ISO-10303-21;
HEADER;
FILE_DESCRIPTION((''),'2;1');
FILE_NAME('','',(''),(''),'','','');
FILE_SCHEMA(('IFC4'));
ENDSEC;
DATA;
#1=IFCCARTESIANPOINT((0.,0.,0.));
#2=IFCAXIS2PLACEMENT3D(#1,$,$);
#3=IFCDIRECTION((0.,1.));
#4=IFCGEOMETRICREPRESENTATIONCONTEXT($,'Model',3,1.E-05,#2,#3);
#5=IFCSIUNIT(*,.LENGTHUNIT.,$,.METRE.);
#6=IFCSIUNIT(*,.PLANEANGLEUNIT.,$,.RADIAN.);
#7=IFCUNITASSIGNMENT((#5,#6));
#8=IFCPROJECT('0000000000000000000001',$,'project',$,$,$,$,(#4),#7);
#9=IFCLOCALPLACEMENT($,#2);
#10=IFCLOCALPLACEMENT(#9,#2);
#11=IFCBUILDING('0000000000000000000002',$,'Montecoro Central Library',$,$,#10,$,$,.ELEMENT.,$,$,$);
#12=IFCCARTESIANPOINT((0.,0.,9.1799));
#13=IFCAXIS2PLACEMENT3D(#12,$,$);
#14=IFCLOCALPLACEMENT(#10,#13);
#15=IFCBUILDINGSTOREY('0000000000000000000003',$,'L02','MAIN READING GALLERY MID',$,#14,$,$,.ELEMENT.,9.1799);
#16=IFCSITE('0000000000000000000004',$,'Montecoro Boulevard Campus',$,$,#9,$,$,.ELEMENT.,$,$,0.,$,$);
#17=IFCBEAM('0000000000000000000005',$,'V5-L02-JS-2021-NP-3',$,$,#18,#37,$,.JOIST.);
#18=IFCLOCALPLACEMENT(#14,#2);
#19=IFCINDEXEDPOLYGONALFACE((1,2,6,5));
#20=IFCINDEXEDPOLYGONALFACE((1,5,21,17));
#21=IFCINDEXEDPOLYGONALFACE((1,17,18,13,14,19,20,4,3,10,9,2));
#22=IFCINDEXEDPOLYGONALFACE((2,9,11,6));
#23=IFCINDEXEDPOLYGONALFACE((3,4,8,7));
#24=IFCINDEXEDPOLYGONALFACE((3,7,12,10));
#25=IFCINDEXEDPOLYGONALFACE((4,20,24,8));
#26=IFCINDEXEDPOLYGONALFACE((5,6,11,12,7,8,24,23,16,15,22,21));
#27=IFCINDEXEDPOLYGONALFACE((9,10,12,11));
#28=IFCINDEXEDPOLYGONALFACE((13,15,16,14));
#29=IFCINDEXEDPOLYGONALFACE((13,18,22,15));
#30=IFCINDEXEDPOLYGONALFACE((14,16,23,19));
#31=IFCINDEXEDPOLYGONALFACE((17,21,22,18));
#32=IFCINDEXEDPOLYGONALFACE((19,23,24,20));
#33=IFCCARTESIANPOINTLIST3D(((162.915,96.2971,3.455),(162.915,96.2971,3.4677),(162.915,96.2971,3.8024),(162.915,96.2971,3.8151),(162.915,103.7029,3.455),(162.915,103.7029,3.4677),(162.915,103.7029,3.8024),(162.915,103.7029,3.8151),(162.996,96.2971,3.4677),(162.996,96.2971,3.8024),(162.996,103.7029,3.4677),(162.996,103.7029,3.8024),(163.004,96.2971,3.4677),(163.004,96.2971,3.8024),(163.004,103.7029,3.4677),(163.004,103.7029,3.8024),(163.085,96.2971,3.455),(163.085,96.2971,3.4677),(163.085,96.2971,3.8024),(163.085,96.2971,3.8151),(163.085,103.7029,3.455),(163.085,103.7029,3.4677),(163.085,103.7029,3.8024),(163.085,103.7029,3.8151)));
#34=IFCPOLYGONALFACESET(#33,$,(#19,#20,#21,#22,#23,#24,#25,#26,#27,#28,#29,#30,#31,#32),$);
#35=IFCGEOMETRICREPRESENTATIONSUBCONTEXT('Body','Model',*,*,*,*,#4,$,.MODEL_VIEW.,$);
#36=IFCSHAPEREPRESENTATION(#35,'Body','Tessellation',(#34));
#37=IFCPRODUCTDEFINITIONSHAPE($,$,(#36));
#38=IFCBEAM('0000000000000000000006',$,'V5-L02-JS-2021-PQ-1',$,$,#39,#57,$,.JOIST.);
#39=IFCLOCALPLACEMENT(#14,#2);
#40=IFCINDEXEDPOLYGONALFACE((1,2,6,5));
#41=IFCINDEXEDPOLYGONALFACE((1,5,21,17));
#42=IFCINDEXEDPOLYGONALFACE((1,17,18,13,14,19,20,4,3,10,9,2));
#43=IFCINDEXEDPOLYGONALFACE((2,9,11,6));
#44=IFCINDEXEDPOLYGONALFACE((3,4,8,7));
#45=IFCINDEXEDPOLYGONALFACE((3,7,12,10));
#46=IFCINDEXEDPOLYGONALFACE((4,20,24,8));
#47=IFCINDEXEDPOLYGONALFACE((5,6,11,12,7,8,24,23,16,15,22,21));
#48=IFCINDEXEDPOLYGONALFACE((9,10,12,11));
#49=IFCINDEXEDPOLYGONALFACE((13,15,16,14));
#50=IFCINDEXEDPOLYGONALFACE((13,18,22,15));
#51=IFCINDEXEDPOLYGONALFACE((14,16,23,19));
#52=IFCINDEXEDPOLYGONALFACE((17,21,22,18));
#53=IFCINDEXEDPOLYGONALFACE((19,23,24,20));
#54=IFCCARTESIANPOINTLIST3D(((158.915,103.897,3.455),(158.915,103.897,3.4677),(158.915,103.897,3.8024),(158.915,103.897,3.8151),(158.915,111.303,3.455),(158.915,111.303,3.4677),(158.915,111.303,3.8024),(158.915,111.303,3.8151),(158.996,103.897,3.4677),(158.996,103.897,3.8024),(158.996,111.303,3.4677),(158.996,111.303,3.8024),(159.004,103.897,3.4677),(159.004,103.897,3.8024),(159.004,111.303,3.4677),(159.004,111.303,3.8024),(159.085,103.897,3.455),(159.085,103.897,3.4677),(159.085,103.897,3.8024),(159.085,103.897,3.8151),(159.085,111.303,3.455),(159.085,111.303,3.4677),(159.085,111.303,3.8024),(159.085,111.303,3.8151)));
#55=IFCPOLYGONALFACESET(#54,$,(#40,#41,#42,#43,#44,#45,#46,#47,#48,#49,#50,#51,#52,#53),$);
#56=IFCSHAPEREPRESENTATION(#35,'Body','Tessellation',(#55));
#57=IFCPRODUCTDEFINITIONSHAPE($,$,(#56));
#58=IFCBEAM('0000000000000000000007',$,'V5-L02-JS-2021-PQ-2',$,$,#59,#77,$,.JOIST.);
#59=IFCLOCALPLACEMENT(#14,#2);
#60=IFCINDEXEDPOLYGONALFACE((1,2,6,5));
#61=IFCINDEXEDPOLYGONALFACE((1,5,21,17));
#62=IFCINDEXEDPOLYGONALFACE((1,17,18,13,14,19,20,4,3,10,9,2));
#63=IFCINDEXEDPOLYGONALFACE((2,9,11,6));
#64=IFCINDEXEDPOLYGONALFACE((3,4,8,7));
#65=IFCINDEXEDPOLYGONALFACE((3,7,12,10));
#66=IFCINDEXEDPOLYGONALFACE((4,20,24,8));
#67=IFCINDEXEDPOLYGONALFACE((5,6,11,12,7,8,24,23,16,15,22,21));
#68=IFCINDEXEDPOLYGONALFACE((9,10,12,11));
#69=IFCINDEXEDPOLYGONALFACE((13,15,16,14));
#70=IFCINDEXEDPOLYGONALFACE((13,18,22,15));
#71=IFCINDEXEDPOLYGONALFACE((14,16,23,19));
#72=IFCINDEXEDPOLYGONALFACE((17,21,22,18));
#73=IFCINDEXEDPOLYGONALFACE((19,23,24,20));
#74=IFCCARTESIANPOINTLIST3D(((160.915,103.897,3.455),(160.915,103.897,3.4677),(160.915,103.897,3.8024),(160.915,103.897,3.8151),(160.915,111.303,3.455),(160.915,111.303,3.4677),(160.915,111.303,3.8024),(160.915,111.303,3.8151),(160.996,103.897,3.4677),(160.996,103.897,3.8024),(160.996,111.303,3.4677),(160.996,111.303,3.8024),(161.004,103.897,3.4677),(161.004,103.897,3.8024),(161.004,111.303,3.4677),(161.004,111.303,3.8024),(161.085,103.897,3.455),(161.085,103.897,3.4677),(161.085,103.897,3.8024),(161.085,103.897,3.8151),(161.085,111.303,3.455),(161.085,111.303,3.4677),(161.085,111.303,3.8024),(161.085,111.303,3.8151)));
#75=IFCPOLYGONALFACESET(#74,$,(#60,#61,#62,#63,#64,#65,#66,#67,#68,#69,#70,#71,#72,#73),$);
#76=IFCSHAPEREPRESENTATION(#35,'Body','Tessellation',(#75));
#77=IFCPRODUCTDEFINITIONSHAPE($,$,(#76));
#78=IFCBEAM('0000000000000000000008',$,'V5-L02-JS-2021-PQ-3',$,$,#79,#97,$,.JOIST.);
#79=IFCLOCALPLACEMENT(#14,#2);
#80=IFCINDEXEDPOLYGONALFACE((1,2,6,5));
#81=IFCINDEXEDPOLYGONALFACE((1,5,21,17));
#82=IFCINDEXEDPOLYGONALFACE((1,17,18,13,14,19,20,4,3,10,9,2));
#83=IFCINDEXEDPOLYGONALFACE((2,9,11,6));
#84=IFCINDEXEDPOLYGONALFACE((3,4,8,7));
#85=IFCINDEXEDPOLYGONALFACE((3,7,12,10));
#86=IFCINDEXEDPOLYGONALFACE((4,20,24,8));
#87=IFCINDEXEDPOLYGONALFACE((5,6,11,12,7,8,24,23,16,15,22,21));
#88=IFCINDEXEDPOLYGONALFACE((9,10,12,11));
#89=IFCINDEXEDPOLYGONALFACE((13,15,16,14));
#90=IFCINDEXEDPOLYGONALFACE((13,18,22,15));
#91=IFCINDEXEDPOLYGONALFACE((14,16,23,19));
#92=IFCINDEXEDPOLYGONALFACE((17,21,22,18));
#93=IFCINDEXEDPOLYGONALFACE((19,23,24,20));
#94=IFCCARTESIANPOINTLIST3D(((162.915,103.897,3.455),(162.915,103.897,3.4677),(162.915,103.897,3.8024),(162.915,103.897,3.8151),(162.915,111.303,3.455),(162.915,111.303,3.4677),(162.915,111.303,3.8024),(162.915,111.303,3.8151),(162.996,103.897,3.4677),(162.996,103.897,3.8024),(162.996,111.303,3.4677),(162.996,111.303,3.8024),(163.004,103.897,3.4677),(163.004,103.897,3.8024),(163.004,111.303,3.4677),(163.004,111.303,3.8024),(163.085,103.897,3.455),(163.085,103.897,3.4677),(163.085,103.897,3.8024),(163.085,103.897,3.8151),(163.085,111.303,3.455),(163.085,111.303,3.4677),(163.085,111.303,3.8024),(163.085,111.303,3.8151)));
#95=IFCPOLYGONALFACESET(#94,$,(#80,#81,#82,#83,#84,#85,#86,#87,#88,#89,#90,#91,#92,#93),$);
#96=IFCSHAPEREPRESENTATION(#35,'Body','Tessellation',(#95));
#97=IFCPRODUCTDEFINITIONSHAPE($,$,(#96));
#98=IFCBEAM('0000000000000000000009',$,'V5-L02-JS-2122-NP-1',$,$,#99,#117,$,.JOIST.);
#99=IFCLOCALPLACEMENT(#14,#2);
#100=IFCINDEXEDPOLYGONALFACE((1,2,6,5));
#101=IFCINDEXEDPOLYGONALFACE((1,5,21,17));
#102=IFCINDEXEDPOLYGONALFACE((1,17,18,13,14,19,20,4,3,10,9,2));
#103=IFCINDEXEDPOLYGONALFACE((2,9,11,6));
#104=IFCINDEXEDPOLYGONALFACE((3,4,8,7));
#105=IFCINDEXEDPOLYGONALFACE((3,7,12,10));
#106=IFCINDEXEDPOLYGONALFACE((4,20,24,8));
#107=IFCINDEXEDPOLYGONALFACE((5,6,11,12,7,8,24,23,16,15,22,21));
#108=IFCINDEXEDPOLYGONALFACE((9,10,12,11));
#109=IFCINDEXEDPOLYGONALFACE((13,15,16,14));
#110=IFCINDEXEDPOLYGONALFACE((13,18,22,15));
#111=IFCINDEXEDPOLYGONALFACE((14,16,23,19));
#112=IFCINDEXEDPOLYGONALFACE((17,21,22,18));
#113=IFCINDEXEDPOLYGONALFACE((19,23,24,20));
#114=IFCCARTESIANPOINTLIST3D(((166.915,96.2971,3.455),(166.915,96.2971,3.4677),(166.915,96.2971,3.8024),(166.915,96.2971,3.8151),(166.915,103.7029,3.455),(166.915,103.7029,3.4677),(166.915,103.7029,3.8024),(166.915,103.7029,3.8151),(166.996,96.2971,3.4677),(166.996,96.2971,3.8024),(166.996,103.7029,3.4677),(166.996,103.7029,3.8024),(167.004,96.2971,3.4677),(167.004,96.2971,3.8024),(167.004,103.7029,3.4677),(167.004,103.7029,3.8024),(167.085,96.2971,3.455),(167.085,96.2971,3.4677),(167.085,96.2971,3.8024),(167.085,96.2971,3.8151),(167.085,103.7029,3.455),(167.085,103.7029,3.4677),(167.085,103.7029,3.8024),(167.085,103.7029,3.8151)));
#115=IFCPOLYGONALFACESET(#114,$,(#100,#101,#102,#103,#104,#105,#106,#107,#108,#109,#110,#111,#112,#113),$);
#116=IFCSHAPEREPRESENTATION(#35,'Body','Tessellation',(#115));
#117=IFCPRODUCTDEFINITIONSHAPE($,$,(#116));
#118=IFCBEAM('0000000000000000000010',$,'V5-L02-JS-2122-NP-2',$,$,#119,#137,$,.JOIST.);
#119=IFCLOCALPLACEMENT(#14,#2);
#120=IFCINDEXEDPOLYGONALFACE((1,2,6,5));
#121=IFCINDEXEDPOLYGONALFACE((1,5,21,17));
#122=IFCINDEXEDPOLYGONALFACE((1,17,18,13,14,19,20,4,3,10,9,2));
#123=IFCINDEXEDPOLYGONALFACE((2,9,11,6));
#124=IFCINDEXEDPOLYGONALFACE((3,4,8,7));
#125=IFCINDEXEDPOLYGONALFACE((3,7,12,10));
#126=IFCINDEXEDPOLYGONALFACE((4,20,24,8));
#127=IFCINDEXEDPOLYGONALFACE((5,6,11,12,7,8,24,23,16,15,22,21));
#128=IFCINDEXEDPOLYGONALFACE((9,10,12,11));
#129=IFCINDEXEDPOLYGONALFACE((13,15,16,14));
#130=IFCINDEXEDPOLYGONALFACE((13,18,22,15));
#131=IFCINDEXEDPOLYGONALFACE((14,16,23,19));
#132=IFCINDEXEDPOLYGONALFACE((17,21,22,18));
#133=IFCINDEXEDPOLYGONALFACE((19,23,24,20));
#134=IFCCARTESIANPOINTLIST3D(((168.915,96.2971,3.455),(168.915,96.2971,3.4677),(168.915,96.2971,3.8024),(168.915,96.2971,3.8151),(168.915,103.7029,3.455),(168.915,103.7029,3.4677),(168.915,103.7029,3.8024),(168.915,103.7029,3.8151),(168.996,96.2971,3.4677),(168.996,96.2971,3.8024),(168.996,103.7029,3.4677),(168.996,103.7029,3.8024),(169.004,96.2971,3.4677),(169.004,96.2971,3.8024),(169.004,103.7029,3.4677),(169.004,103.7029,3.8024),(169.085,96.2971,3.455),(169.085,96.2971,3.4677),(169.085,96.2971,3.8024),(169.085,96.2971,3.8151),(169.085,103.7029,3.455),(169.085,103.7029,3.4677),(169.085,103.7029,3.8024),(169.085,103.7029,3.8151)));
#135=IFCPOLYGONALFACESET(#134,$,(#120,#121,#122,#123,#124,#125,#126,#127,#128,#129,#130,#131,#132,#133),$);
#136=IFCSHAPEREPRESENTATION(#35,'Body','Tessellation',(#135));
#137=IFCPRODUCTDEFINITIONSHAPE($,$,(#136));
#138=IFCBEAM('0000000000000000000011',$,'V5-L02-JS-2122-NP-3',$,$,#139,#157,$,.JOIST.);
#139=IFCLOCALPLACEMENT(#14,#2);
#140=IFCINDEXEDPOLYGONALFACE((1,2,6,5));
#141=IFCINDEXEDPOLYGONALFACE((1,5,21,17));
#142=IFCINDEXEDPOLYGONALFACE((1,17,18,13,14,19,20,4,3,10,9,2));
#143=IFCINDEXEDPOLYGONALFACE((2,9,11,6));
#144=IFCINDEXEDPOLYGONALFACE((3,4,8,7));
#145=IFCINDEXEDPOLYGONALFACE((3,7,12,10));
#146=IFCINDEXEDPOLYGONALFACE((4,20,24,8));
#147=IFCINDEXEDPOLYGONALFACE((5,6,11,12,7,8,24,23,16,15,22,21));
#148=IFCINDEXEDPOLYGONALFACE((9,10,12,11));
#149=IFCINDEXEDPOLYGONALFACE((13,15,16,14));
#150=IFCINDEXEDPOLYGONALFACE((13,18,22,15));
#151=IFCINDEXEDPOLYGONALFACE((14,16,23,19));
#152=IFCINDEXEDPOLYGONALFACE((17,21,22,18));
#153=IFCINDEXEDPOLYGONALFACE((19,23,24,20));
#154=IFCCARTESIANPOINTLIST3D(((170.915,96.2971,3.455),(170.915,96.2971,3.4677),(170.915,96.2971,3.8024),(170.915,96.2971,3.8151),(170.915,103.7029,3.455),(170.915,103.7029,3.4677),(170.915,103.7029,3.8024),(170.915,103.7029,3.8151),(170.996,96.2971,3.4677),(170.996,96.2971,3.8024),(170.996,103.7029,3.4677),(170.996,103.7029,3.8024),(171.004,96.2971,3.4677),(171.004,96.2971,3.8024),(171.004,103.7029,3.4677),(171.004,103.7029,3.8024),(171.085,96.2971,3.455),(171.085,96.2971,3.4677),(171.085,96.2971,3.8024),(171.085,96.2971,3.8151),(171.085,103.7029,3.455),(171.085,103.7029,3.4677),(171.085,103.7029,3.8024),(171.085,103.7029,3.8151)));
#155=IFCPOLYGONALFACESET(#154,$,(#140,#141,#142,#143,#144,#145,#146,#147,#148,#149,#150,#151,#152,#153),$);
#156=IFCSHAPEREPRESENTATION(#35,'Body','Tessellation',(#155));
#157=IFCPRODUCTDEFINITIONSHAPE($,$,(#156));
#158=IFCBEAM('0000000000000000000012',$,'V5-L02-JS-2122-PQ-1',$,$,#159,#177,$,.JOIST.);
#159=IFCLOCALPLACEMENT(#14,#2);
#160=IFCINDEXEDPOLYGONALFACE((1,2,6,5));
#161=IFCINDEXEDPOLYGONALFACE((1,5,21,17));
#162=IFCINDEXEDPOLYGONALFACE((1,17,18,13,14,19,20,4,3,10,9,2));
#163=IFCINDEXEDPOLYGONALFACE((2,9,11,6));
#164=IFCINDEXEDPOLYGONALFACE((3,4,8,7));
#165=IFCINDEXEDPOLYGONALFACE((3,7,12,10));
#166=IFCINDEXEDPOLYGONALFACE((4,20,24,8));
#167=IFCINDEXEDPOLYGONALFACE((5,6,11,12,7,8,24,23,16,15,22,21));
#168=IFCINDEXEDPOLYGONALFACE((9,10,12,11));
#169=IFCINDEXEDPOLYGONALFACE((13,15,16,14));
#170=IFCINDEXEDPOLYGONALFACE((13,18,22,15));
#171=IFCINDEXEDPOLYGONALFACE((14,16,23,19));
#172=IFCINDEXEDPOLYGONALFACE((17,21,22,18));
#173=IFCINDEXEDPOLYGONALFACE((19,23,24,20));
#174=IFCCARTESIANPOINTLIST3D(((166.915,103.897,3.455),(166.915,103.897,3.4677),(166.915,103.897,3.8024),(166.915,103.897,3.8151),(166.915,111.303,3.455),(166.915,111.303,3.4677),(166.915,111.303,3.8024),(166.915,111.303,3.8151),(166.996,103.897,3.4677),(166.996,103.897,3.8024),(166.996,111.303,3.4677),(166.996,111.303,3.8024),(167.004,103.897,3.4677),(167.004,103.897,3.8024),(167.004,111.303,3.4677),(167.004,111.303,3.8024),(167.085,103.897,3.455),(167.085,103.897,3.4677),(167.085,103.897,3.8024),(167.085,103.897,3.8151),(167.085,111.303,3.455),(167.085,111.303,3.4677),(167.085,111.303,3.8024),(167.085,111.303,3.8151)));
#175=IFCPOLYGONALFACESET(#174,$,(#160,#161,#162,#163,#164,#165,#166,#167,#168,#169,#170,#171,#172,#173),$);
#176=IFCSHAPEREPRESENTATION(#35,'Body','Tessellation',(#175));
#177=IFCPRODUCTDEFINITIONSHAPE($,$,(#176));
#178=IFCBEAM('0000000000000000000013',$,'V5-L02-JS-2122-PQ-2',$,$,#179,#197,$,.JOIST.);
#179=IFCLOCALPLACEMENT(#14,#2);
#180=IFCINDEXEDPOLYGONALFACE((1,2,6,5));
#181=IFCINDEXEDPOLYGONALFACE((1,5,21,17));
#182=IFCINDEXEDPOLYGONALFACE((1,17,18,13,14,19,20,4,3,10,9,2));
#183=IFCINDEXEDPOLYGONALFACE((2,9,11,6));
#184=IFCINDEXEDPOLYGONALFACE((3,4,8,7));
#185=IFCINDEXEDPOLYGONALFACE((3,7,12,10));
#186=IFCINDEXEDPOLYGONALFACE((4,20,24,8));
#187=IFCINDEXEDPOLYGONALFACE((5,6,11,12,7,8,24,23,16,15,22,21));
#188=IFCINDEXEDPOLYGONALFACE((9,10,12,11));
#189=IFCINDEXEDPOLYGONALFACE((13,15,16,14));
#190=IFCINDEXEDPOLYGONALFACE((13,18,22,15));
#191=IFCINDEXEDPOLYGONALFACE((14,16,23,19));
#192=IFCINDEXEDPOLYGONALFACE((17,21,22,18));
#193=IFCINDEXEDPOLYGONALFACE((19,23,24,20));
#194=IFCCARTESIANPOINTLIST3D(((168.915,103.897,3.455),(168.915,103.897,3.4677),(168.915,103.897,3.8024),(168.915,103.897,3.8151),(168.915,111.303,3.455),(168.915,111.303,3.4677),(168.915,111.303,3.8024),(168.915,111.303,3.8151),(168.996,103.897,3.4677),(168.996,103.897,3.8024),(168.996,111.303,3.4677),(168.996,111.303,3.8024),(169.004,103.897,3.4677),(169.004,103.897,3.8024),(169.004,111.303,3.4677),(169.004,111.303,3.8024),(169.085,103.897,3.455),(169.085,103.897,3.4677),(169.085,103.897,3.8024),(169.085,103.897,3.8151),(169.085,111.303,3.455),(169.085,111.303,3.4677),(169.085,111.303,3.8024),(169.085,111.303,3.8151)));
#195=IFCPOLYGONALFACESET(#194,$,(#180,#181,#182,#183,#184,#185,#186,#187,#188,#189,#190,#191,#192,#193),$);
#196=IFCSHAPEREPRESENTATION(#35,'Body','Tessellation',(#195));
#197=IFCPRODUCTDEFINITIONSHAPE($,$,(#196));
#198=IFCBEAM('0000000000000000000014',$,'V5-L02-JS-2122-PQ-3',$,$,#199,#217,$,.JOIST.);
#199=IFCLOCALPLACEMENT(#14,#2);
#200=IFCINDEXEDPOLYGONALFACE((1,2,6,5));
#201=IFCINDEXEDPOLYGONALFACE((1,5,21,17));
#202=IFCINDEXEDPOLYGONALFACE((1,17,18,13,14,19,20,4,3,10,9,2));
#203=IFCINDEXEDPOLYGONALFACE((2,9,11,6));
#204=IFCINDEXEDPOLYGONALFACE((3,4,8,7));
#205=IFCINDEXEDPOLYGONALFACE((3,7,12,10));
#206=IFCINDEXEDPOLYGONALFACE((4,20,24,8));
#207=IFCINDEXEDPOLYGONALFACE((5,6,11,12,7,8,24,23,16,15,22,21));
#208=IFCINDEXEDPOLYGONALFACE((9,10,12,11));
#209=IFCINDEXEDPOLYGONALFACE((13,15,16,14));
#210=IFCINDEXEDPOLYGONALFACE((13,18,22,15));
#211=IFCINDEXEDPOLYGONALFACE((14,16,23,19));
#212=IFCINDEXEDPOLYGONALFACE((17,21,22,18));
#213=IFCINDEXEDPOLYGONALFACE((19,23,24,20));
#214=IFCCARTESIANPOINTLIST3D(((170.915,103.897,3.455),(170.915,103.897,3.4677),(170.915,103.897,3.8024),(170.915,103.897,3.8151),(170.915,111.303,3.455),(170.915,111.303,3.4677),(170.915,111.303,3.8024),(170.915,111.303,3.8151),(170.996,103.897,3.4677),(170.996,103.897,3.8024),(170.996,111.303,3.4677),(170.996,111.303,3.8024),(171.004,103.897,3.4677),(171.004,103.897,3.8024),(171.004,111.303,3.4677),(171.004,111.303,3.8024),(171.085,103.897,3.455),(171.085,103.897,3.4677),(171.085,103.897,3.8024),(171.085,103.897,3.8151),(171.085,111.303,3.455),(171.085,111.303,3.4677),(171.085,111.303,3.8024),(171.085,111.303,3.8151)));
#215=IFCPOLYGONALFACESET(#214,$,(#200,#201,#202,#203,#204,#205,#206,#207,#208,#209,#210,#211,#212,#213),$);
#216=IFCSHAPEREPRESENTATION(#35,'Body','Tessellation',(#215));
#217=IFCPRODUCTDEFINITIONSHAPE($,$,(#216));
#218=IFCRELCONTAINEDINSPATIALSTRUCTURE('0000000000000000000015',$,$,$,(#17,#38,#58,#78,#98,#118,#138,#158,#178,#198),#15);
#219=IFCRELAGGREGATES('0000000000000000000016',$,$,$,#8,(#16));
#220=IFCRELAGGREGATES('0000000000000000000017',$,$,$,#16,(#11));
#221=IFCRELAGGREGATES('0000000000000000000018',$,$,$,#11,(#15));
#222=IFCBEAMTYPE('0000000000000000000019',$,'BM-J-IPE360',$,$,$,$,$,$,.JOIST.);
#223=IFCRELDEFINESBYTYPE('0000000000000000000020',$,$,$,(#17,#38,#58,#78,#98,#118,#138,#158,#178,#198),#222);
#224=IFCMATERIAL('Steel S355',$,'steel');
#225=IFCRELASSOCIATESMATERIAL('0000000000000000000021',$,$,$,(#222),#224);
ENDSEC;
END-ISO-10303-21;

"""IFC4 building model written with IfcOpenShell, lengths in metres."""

from ifc_helpers import new_model, si_unit, direction, frame, origin, origin_2d, place, context, subcontext, project, spatial, i_section, extrude, material, material_profile, profile_set, type_object, element, save


model = new_model("IFC4")

# Units and contexts
model_context = context("Model", 3, precision=1e-05, world=origin(), true_north=direction((0.0, 1.0)))
body_context = subcontext(model_context, "Body", "Model", "MODEL_VIEW")
ifc_project = project(units=[si_unit("LENGTHUNIT", "METRE"), si_unit("PLANEANGLEUNIT", "RADIAN")], contexts=[model_context])

# Site, building, storey
site_placement = place(None, origin())
site = spatial("IfcSite", under=ifc_project, at=site_placement, Name="Montecoro Boulevard Campus", CompositionType="ELEMENT", RefElevation=0.0)
building_placement = place(site_placement, origin())
building = spatial("IfcBuilding", under=site, at=building_placement, Name="Montecoro Central Library", CompositionType="ELEMENT")
storey_placement = place(building_placement, frame((0.0, 0.0, 9.1799)))
storey = spatial("IfcBuildingStorey", under=building, at=storey_placement, Name="L02", Description="MAIN READING GALLERY MID", CompositionType="ELEMENT", Elevation=9.1799)

# Shared definitions
ifc_material_1 = material(Name="Steel S355", Category="steel")

# Beams
ifc_material_profile_1 = material_profile(ifc_material_1, i_section(OverallWidth=0.1699, OverallDepth=0.3601, WebThickness=0.0081, FlangeThickness=0.0127, at=origin_2d()), Name="IPE 360")
ifc_profile_set_1 = profile_set([ifc_material_profile_1], Name="Steel S355")
beam_type_1 = type_object("IfcBeamType", Name="BM-J-IPE360", PredefinedType="JOIST", material=ifc_profile_set_1)
for number, where, z_axis, x_axis, name in (
    (1, (163.0, 96.2971, 3.635), (0.0, 1.0, 0.0), (-1.0, 0.0, 0.0), "V5-L02-JS-2021-NP-3"),
):
    element("IfcBeam", number, at=place(storey_placement, frame(where, z_axis=z_axis, x_axis=x_axis)), inside=storey, type_object=beam_type_1, Name=name, PredefinedType="JOIST", context=body_context, shape_type="SweptSolid", body=[
        extrude(i_section(OverallWidth=0.1699, OverallDepth=0.3601, WebThickness=0.0081, FlangeThickness=0.0127, at=origin_2d()), origin(), (0.0, 0.0, 1.0), 7.4058),
    ])
for number, where, z_axis, x_axis, name in (
    (2, (159.0, 103.897, 3.635), (0.0, 1.0, 0.0), (-1.0, 0.0, 0.0), "V5-L02-JS-2021-PQ-1"),
    (3, (161.0, 103.897, 3.635), (0.0, 1.0, 0.0), (-1.0, 0.0, 0.0), "V5-L02-JS-2021-PQ-2"),
    (4, (163.0, 103.897, 3.635), (0.0, 1.0, 0.0), (-1.0, 0.0, 0.0), "V5-L02-JS-2021-PQ-3"),
):
    element("IfcBeam", number, at=place(storey_placement, frame(where, z_axis=z_axis, x_axis=x_axis)), inside=storey, type_object=beam_type_1, Name=name, PredefinedType="JOIST", context=body_context, shape_type="SweptSolid", body=[
        extrude(i_section(OverallWidth=0.1699, OverallDepth=0.3601, WebThickness=0.0081, FlangeThickness=0.0127, at=origin_2d()), origin(), (0.0, 0.0, 1.0), 7.406),
    ])
for number, where, z_axis, x_axis, name in (
    (5, (167.0, 96.2971, 3.635), (0.0, 1.0, 0.0), (-1.0, 0.0, 0.0), "V5-L02-JS-2122-NP-1"),
    (6, (169.0, 96.2971, 3.635), (0.0, 1.0, 0.0), (-1.0, 0.0, 0.0), "V5-L02-JS-2122-NP-2"),
    (7, (171.0, 96.2971, 3.635), (0.0, 1.0, 0.0), (-1.0, 0.0, 0.0), "V5-L02-JS-2122-NP-3"),
):
    element("IfcBeam", number, at=place(storey_placement, frame(where, z_axis=z_axis, x_axis=x_axis)), inside=storey, type_object=beam_type_1, Name=name, PredefinedType="JOIST", context=body_context, shape_type="SweptSolid", body=[
        extrude(i_section(OverallWidth=0.1699, OverallDepth=0.3601, WebThickness=0.0081, FlangeThickness=0.0127, at=origin_2d()), origin(), (0.0, 0.0, 1.0), 7.4058),
    ])
for number, where, z_axis, x_axis, name in (
    (8, (167.0, 103.897, 3.635), (0.0, 1.0, 0.0), (-1.0, 0.0, 0.0), "V5-L02-JS-2122-PQ-1"),
    (9, (169.0, 103.897, 3.635), (0.0, 1.0, 0.0), (-1.0, 0.0, 0.0), "V5-L02-JS-2122-PQ-2"),
    (10, (171.0, 103.897, 3.635), (0.0, 1.0, 0.0), (-1.0, 0.0, 0.0), "V5-L02-JS-2122-PQ-3"),
):
    element("IfcBeam", number, at=place(storey_placement, frame(where, z_axis=z_axis, x_axis=x_axis)), inside=storey, type_object=beam_type_1, Name=name, PredefinedType="JOIST", context=body_context, shape_type="SweptSolid", body=[
        extrude(i_section(OverallWidth=0.1699, OverallDepth=0.3601, WebThickness=0.0081, FlangeThickness=0.0127, at=origin_2d()), origin(), (0.0, 0.0, 1.0), 7.406),
    ])

save(model, "model.ifc")
